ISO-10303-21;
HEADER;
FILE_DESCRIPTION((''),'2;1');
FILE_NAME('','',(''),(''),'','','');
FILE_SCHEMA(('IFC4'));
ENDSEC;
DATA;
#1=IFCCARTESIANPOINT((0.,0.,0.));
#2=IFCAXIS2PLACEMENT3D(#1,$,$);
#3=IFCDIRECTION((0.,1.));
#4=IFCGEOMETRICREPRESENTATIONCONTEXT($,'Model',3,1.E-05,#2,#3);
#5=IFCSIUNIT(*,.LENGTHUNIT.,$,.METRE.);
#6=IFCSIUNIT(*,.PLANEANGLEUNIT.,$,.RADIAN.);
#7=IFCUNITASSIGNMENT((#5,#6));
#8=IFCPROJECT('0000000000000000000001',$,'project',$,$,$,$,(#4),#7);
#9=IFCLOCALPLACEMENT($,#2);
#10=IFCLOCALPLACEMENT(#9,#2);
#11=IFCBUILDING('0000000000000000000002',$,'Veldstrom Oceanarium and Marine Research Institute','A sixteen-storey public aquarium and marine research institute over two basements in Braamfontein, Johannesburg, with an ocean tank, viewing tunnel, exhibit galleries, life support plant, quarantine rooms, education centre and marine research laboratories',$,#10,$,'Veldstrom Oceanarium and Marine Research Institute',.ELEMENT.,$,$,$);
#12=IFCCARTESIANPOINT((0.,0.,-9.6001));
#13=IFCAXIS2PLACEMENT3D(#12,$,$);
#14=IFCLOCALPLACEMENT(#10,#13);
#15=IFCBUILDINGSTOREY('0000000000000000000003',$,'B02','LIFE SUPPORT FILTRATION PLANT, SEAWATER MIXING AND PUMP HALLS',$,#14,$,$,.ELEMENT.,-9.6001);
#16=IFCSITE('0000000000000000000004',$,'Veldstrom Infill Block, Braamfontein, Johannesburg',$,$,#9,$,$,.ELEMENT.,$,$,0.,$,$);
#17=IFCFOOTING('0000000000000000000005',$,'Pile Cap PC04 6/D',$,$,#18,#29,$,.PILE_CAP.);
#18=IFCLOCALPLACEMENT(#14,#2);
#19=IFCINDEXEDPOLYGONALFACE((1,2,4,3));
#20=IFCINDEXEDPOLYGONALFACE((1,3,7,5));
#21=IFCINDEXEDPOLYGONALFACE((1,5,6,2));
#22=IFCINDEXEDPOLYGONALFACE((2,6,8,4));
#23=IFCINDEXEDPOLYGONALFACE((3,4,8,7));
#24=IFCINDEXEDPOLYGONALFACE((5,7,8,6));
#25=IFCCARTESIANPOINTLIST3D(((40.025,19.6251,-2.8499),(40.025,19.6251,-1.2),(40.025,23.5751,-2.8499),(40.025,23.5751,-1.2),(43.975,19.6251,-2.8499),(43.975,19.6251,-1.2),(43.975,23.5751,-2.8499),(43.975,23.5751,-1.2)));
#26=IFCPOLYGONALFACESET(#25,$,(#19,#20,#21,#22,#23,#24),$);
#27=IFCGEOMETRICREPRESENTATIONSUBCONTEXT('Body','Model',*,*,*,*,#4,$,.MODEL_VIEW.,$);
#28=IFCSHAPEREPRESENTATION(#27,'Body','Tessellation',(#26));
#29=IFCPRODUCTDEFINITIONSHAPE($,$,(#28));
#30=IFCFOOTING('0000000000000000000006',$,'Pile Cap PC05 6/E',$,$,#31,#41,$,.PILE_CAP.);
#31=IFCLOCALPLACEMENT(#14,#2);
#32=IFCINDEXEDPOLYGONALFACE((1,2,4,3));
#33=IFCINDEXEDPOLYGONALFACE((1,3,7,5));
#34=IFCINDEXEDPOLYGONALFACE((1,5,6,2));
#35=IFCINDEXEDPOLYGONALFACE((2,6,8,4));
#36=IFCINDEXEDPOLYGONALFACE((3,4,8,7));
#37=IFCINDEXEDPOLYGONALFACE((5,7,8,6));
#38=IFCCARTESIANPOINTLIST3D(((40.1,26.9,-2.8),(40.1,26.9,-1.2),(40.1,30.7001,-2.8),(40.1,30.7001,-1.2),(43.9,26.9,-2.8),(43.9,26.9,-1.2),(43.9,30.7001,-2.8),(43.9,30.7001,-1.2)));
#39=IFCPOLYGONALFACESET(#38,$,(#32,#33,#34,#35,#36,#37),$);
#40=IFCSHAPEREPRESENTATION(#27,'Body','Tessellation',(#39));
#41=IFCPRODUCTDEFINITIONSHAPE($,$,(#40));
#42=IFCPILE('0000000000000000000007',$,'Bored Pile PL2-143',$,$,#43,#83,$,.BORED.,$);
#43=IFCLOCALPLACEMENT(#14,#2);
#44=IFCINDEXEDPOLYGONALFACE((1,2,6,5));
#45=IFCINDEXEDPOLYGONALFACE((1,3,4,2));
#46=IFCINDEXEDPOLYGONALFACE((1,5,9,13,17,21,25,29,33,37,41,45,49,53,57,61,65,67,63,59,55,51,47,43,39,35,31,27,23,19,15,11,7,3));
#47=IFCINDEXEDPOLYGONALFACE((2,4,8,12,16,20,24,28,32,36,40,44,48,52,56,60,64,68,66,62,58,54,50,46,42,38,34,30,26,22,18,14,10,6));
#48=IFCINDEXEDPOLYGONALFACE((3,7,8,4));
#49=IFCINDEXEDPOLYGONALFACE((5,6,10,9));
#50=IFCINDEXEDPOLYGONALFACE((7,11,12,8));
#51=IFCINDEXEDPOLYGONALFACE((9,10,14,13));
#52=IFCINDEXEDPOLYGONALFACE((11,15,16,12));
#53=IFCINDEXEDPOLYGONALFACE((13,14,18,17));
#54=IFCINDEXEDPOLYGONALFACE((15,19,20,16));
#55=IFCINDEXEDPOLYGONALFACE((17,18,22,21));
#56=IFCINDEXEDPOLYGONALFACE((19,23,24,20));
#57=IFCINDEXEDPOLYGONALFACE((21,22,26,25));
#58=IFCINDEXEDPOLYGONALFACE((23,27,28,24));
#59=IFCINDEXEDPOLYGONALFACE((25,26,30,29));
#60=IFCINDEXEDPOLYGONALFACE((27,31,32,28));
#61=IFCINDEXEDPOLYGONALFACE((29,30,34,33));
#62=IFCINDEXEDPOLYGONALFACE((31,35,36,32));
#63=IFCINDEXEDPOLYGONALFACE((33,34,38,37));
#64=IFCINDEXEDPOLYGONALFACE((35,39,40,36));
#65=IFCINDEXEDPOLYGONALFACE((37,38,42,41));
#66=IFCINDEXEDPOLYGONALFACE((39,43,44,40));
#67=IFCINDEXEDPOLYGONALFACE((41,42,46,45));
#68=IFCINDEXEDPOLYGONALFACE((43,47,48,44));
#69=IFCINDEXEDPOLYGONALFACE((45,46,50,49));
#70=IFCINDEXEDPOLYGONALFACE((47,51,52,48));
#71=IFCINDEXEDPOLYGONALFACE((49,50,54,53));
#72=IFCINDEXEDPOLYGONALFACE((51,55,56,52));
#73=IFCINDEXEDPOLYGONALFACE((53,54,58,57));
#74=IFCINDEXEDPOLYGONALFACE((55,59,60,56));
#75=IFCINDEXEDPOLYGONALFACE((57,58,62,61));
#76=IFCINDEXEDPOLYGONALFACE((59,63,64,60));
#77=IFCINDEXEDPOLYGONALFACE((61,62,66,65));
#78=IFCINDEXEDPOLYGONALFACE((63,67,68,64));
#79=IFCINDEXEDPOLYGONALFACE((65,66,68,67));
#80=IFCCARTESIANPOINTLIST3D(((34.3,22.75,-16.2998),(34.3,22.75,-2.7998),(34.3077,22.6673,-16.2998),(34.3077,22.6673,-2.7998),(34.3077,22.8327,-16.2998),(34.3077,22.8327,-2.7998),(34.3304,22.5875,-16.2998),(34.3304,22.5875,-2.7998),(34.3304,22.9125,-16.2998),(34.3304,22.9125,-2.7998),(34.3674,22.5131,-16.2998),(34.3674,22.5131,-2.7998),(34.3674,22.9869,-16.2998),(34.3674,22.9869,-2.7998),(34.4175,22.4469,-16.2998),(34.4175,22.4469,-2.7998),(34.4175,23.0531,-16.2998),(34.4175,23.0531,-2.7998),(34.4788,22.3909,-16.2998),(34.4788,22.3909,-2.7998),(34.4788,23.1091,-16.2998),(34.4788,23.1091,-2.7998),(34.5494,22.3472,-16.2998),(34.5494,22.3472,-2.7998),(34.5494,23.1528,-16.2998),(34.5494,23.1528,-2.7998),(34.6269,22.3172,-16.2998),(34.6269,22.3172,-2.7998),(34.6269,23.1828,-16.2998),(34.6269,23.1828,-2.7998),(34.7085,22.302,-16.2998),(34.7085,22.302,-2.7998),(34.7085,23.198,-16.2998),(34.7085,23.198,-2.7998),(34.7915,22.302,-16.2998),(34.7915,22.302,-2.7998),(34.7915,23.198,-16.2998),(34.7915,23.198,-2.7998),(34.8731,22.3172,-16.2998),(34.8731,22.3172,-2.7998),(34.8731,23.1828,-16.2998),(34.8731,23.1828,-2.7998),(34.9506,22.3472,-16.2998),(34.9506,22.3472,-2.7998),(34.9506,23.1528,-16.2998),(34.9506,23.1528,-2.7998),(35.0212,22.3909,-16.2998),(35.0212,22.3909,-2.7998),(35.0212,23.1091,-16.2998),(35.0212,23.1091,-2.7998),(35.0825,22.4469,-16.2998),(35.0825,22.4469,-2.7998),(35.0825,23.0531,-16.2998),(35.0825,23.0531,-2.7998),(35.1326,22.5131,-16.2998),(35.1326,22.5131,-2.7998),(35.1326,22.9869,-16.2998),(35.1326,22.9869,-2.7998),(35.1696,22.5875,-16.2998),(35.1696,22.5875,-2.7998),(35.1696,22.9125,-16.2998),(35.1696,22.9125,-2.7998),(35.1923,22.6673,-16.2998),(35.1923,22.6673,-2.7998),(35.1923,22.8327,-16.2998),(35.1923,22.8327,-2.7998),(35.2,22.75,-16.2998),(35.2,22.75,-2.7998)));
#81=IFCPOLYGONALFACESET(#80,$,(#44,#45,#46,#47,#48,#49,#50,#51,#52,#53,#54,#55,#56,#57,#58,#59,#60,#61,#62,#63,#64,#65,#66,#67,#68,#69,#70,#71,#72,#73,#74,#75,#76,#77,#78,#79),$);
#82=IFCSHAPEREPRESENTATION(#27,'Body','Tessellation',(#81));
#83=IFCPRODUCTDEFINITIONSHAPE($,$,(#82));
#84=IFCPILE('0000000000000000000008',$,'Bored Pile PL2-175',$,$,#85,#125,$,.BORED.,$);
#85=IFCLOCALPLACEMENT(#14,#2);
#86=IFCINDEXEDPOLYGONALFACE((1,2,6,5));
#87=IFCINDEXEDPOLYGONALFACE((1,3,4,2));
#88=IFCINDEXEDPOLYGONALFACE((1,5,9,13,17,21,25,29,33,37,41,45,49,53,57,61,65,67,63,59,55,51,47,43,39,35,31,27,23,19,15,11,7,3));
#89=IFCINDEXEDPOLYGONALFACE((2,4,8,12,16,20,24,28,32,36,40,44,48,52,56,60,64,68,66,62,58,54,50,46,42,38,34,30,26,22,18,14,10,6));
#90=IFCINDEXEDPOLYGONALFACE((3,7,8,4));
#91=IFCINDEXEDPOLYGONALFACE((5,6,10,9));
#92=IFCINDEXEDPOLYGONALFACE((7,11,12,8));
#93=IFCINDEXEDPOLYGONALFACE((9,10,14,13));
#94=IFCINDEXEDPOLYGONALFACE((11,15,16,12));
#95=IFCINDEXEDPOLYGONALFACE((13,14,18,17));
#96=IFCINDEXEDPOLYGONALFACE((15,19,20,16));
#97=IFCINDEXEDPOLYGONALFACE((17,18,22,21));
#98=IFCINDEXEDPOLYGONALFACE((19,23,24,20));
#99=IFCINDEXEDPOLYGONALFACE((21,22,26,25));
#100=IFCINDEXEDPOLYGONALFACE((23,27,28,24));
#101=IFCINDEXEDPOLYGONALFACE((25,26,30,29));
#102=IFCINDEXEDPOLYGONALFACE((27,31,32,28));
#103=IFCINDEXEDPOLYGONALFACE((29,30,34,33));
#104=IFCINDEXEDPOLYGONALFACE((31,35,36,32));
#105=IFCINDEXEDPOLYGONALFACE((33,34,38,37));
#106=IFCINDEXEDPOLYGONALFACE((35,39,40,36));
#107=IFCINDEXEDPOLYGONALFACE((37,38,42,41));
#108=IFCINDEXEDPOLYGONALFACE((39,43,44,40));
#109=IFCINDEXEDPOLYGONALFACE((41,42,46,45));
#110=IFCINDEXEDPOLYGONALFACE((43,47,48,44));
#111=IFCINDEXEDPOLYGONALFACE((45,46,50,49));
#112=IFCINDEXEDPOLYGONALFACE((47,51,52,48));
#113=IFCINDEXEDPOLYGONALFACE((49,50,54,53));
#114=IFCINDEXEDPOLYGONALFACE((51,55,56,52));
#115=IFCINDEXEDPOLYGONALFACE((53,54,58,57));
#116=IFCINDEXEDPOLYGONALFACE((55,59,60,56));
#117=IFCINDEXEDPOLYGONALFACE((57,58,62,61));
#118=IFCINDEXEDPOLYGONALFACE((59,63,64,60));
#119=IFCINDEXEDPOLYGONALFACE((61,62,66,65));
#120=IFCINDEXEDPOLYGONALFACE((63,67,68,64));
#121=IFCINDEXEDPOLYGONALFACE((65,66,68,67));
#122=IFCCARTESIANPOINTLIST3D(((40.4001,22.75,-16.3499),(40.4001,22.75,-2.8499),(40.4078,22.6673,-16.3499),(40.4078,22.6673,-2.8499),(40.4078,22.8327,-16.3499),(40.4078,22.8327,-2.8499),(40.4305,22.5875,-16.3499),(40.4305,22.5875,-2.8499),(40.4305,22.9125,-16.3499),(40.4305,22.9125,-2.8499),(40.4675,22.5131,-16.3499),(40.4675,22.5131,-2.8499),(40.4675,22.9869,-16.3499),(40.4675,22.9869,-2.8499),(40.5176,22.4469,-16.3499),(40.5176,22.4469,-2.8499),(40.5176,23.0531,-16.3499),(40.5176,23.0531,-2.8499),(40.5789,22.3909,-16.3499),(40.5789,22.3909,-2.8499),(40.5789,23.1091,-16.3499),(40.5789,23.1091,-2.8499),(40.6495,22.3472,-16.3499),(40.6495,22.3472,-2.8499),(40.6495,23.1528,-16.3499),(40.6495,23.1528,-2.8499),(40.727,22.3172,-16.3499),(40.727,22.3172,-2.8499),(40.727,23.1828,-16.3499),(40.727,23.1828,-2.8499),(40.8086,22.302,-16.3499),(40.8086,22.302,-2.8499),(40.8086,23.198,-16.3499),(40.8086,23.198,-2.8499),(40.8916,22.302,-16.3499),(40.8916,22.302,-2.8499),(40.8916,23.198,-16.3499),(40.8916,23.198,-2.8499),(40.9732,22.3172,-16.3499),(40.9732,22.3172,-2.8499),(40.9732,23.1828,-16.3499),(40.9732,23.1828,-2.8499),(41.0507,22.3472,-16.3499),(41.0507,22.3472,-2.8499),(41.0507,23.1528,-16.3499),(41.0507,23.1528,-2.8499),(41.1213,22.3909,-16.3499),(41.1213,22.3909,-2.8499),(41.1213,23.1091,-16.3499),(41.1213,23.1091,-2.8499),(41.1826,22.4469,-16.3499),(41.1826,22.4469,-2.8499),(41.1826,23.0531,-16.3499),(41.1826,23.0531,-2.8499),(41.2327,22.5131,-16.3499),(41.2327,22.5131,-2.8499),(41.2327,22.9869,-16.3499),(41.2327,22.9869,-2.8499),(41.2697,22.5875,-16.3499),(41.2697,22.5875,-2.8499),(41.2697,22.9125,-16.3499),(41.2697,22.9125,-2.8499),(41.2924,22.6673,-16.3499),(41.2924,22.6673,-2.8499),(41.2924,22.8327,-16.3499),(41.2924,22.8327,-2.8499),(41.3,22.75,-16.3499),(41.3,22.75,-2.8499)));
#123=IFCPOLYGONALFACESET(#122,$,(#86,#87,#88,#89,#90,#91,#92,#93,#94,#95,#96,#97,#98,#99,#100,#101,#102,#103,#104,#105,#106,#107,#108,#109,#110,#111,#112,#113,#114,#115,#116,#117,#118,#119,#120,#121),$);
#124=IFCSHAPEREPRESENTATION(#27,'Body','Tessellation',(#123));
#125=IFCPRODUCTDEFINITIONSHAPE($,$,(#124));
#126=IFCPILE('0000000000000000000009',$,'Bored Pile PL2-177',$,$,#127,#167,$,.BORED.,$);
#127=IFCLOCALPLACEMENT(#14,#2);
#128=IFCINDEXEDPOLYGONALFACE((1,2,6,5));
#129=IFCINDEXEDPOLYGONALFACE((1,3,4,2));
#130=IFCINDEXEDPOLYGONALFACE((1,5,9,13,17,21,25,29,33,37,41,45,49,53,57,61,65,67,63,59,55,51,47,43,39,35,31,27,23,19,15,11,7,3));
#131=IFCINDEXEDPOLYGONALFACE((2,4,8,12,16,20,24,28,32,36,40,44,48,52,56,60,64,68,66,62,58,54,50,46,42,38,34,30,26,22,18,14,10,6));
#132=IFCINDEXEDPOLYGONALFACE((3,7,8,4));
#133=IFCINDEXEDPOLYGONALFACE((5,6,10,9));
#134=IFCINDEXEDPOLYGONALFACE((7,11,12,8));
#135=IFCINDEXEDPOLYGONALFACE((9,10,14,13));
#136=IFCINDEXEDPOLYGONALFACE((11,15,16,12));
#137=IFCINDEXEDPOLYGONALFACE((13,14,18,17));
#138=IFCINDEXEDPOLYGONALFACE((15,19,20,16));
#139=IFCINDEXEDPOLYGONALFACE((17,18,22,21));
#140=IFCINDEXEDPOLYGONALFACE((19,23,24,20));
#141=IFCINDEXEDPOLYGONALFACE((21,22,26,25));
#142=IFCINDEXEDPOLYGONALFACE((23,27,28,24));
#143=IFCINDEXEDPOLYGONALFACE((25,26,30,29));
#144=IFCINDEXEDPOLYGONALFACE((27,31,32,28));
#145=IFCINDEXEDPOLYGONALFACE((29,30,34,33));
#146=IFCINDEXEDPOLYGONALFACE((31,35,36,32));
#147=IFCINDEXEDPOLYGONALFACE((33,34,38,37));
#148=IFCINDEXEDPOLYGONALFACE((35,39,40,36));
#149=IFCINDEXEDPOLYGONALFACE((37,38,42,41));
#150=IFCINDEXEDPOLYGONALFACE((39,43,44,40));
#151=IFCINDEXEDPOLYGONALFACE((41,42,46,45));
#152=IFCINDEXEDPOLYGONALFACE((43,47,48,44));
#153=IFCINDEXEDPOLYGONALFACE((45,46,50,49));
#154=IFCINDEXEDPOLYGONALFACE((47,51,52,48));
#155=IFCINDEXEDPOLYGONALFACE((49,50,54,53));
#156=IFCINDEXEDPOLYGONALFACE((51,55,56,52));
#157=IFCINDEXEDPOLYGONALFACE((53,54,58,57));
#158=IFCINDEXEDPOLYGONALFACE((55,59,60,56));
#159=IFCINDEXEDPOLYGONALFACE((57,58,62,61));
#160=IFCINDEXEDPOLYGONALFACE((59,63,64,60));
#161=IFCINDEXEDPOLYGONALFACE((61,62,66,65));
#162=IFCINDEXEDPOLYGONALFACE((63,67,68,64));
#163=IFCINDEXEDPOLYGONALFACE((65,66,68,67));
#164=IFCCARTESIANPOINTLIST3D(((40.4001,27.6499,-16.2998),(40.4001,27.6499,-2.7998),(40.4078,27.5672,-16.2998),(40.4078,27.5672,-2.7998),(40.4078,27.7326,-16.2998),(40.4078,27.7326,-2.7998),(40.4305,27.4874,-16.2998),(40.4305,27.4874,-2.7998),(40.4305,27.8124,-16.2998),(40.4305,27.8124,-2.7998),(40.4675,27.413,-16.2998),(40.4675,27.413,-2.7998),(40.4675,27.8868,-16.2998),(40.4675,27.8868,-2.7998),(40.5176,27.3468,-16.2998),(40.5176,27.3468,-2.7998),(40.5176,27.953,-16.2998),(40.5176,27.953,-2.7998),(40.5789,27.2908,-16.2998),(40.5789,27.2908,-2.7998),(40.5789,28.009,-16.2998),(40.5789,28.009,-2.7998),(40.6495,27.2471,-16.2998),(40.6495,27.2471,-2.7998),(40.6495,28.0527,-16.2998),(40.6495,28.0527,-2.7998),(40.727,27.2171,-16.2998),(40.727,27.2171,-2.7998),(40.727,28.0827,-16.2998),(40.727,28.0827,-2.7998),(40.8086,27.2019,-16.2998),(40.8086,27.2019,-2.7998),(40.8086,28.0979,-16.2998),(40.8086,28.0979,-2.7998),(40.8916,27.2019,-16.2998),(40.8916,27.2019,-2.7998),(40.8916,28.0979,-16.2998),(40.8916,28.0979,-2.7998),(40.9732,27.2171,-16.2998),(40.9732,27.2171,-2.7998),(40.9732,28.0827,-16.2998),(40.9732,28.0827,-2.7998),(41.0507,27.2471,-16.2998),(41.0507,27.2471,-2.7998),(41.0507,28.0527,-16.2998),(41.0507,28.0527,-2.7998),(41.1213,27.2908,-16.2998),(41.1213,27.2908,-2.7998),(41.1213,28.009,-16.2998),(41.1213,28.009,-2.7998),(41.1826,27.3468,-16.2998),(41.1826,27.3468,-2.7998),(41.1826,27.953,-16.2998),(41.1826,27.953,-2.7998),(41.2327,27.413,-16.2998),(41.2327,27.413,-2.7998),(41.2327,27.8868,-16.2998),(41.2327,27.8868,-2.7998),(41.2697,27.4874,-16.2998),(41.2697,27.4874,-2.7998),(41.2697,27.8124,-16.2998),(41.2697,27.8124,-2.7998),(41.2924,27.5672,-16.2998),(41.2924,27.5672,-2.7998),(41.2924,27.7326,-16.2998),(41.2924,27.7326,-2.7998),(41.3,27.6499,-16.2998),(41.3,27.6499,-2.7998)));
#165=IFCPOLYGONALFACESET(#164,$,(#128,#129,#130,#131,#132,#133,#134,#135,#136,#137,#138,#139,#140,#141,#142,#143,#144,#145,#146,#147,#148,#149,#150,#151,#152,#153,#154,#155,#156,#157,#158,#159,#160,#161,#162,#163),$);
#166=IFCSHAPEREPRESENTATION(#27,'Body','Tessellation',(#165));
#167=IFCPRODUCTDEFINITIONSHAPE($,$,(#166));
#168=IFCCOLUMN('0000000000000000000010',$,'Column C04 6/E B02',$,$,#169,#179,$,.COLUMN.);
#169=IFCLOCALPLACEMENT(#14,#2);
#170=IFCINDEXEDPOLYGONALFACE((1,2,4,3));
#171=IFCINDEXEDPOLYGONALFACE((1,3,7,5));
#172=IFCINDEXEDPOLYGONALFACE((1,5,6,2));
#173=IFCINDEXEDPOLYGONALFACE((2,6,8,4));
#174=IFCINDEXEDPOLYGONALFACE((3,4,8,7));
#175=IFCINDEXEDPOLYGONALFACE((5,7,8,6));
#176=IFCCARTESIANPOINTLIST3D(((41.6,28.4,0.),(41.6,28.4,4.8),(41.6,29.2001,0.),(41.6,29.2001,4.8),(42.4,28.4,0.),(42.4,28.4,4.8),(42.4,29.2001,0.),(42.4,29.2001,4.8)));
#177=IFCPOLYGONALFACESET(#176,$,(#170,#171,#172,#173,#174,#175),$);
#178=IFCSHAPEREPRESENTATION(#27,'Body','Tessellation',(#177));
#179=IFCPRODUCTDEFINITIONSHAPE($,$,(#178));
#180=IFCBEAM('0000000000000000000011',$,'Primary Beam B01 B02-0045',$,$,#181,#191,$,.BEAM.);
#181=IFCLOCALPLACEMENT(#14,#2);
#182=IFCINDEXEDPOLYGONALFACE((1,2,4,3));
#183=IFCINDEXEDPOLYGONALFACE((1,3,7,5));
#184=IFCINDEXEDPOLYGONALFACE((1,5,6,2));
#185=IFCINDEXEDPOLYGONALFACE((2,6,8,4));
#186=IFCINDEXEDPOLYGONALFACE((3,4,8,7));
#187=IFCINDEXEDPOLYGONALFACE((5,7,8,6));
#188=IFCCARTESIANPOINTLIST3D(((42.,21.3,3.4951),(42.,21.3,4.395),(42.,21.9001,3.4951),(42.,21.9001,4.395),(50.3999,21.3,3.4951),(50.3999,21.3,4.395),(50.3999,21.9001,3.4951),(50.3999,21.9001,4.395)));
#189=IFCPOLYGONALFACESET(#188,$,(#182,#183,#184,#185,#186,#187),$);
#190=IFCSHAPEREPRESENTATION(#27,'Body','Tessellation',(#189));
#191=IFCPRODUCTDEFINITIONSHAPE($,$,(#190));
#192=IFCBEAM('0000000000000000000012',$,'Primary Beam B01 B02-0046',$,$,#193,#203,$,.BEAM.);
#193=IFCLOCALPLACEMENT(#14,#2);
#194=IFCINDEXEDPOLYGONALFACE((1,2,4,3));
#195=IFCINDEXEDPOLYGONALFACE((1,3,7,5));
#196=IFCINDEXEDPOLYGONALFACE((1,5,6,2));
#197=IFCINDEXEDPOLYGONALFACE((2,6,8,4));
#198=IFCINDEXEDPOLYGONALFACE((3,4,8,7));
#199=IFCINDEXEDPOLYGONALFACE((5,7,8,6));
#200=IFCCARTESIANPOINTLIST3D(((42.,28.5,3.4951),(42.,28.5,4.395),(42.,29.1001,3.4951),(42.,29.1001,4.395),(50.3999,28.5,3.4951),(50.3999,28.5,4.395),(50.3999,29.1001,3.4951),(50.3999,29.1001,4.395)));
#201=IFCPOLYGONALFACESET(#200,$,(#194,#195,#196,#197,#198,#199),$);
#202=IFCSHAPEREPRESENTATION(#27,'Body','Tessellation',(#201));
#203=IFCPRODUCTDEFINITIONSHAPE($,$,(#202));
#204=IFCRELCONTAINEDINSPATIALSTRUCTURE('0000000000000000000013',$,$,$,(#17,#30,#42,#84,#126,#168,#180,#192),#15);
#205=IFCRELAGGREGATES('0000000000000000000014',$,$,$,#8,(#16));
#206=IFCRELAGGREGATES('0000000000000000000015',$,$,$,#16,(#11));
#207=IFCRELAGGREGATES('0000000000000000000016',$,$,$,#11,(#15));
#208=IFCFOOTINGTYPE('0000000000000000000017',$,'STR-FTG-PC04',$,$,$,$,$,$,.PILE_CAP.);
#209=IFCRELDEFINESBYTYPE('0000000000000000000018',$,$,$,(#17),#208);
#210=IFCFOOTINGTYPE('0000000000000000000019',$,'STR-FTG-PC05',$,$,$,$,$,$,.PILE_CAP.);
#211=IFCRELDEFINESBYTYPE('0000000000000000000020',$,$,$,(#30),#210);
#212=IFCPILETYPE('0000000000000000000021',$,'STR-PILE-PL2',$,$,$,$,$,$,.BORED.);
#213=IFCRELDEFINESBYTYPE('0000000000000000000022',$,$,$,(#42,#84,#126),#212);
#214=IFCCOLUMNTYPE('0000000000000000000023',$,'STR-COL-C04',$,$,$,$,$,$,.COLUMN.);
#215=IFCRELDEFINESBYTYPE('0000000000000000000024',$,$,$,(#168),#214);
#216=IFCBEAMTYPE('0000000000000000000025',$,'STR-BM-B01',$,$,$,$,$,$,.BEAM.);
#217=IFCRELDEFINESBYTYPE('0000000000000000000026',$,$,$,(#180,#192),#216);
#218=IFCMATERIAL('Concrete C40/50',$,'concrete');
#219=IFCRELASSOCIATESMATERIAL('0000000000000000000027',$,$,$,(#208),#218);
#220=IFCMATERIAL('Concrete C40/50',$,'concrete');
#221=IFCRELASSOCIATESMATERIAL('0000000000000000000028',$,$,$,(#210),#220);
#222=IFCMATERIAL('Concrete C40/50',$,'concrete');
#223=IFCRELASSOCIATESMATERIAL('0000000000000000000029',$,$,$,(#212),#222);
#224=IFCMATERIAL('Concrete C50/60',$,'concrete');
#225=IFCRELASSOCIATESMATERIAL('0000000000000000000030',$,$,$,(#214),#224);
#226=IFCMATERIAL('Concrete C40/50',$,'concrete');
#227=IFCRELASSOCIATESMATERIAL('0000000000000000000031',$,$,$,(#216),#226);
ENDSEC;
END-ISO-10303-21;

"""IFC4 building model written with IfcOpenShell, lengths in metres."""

from ifc_helpers import new_model, si_unit, direction, frame, origin, origin_2d, place, context, subcontext, project, spatial, rectangle, circle, extrude, material, material_profile, profile_set, type_object, element, save


model = new_model("IFC4")

# Units and contexts
model_context = context("Model", 3, precision=1e-05, world=origin(), true_north=direction((0.0, 1.0)))
body_context = subcontext(model_context, "Body", "Model", "MODEL_VIEW")
ifc_project = project(units=[si_unit("LENGTHUNIT", "METRE"), si_unit("PLANEANGLEUNIT", "RADIAN")], contexts=[model_context])

# Site, building, storey
site_placement = place(None, origin())
site = spatial("IfcSite", under=ifc_project, at=site_placement, Name="Veldstrom Infill Block, Braamfontein, Johannesburg", CompositionType="ELEMENT", RefElevation=0.0)
building_placement = place(site_placement, origin())
building = spatial("IfcBuilding", under=site, at=building_placement, Name="Veldstrom Oceanarium and Marine Research Institute", Description="A sixteen-storey public aquarium and marine research institute over two basements in Braamfontein, Johannesburg, with an ocean tank, viewing tunnel, exhibit galleries, life support plant, quarantine rooms, education centre and marine research laboratories", LongName="Veldstrom Oceanarium and Marine Research Institute", CompositionType="ELEMENT")
storey_placement = place(building_placement, frame((0.0, 0.0, -9.6001)))
storey = spatial("IfcBuildingStorey", under=building, at=storey_placement, Name="B02", Description="LIFE SUPPORT FILTRATION PLANT, SEAWATER MIXING AND PUMP HALLS", CompositionType="ELEMENT", Elevation=-9.6001)

# Footings
ifc_material_1 = material(Name="Concrete C40/50", Category="concrete")
footing_type_1 = type_object("IfcFootingType", Name="STR-FTG-PC04", PredefinedType="PILE_CAP", material=ifc_material_1)
footing_1_placement = place(storey_placement, frame((42.0, 21.6001, -2.8499), z_axis=(0.0, 0.0, 1.0), x_axis=(1.0, 0.0, 0.0)))
element("IfcFooting", 1, at=footing_1_placement, inside=storey, type_object=footing_type_1, Name="Pile Cap PC04 6/D", PredefinedType="PILE_CAP", context=body_context, shape_type="SweptSolid", body=[
    extrude(rectangle(XDim=3.95, YDim=3.95, at=origin_2d()), origin(), (0.0, 0.0, 1.0), 1.6499),
])
ifc_material_2 = material(Name="Concrete C40/50", Category="concrete")
footing_type_2 = type_object("IfcFootingType", Name="STR-FTG-PC05", PredefinedType="PILE_CAP", material=ifc_material_2)
footing_2_placement = place(storey_placement, frame((42.0, 28.8, -2.8), z_axis=(0.0, 0.0, 1.0), x_axis=(1.0, 0.0, 0.0)))
element("IfcFooting", 2, at=footing_2_placement, inside=storey, type_object=footing_type_2, Name="Pile Cap PC05 6/E", PredefinedType="PILE_CAP", context=body_context, shape_type="SweptSolid", body=[
    extrude(rectangle(XDim=3.8, YDim=3.8, at=origin_2d()), origin(), (0.0, 0.0, 1.0), 1.6001),
])

# Piles
ifc_material_3 = material(Name="Concrete C40/50", Category="concrete")
ifc_material_profile_1 = material_profile(ifc_material_3, circle(Radius=0.45, at=origin_2d()), Name="PILE-D900")
ifc_profile_set_1 = profile_set([ifc_material_profile_1], Name="Concrete C40/50")
pile_type = type_object("IfcPileType", Name="STR-PILE-PL2", PredefinedType="BORED", material=ifc_profile_set_1)
for number, where, z_axis, x_axis, name in (
    (3, (34.75, 22.75, -2.7998), (0.0, 0.0, -1.0), (1.0, 0.0, 0.0), "Bored Pile PL2-143"),
    (4, (40.8501, 22.75, -2.8499), (0.0, 0.0, -1.0), (1.0, 0.0, 0.0), "Bored Pile PL2-175"),
    (5, (40.8501, 27.6499, -2.7998), (0.0, 0.0, -1.0), (1.0, 0.0, 0.0), "Bored Pile PL2-177"),
):
    element("IfcPile", number, at=place(storey_placement, frame(where, z_axis=z_axis, x_axis=x_axis)), inside=storey, type_object=pile_type, Name=name, PredefinedType="BORED", context=body_context, shape_type="SweptSolid", body=[
        extrude(circle(Radius=0.45, at=origin_2d()), origin(), (0.0, 0.0, 1.0), 13.5),
    ])

# Column
ifc_material_4 = material(Name="Concrete C50/60", Category="concrete")
ifc_material_profile_2 = material_profile(ifc_material_4, rectangle(XDim=0.8, YDim=0.8, at=origin_2d()), Name="RC-COL-800x800")
ifc_profile_set_2 = profile_set([ifc_material_profile_2], Name="Concrete C50/60")
column_type = type_object("IfcColumnType", Name="STR-COL-C04", PredefinedType="COLUMN", material=ifc_profile_set_2)
column_placement = place(storey_placement, frame((42.0, 28.8, 0.0), z_axis=(0.0, 0.0, 1.0), x_axis=(1.0, 0.0, 0.0)))
element("IfcColumn", 6, at=column_placement, inside=storey, type_object=column_type, Name="Column C04 6/E B02", PredefinedType="COLUMN", context=body_context, shape_type="SweptSolid", body=[
    extrude(rectangle(XDim=0.8, YDim=0.8, at=origin_2d()), origin(), (0.0, 0.0, 1.0), 4.8),
])

# Beams
ifc_material_5 = material(Name="Concrete C40/50", Category="concrete")
ifc_material_profile_3 = material_profile(ifc_material_5, rectangle(XDim=0.6001, YDim=0.8999, at=origin_2d()), Name="RC-BM-600x900")
ifc_profile_set_3 = profile_set([ifc_material_profile_3], Name="Concrete C40/50")
beam_type_1 = type_object("IfcBeamType", Name="STR-BM-B01", PredefinedType="BEAM", material=ifc_profile_set_3)
for number, where, z_axis, x_axis, name in (
    (7, (42.0, 21.6001, 3.9451), (1.0, 0.0, 0.0), (0.0, 1.0, 0.0), "Primary Beam B01 B02-0045"),
    (8, (42.0, 28.8, 3.9451), (1.0, 0.0, 0.0), (0.0, 1.0, 0.0), "Primary Beam B01 B02-0046"),
):
    element("IfcBeam", number, at=place(storey_placement, frame(where, z_axis=z_axis, x_axis=x_axis)), inside=storey, type_object=beam_type_1, Name=name, PredefinedType="BEAM", context=body_context, shape_type="SweptSolid", body=[
        extrude(rectangle(XDim=0.6001, YDim=0.8999, at=origin_2d()), origin(), (0.0, 0.0, 1.0), 8.3999),
    ])

save(model, "model.ifc")
